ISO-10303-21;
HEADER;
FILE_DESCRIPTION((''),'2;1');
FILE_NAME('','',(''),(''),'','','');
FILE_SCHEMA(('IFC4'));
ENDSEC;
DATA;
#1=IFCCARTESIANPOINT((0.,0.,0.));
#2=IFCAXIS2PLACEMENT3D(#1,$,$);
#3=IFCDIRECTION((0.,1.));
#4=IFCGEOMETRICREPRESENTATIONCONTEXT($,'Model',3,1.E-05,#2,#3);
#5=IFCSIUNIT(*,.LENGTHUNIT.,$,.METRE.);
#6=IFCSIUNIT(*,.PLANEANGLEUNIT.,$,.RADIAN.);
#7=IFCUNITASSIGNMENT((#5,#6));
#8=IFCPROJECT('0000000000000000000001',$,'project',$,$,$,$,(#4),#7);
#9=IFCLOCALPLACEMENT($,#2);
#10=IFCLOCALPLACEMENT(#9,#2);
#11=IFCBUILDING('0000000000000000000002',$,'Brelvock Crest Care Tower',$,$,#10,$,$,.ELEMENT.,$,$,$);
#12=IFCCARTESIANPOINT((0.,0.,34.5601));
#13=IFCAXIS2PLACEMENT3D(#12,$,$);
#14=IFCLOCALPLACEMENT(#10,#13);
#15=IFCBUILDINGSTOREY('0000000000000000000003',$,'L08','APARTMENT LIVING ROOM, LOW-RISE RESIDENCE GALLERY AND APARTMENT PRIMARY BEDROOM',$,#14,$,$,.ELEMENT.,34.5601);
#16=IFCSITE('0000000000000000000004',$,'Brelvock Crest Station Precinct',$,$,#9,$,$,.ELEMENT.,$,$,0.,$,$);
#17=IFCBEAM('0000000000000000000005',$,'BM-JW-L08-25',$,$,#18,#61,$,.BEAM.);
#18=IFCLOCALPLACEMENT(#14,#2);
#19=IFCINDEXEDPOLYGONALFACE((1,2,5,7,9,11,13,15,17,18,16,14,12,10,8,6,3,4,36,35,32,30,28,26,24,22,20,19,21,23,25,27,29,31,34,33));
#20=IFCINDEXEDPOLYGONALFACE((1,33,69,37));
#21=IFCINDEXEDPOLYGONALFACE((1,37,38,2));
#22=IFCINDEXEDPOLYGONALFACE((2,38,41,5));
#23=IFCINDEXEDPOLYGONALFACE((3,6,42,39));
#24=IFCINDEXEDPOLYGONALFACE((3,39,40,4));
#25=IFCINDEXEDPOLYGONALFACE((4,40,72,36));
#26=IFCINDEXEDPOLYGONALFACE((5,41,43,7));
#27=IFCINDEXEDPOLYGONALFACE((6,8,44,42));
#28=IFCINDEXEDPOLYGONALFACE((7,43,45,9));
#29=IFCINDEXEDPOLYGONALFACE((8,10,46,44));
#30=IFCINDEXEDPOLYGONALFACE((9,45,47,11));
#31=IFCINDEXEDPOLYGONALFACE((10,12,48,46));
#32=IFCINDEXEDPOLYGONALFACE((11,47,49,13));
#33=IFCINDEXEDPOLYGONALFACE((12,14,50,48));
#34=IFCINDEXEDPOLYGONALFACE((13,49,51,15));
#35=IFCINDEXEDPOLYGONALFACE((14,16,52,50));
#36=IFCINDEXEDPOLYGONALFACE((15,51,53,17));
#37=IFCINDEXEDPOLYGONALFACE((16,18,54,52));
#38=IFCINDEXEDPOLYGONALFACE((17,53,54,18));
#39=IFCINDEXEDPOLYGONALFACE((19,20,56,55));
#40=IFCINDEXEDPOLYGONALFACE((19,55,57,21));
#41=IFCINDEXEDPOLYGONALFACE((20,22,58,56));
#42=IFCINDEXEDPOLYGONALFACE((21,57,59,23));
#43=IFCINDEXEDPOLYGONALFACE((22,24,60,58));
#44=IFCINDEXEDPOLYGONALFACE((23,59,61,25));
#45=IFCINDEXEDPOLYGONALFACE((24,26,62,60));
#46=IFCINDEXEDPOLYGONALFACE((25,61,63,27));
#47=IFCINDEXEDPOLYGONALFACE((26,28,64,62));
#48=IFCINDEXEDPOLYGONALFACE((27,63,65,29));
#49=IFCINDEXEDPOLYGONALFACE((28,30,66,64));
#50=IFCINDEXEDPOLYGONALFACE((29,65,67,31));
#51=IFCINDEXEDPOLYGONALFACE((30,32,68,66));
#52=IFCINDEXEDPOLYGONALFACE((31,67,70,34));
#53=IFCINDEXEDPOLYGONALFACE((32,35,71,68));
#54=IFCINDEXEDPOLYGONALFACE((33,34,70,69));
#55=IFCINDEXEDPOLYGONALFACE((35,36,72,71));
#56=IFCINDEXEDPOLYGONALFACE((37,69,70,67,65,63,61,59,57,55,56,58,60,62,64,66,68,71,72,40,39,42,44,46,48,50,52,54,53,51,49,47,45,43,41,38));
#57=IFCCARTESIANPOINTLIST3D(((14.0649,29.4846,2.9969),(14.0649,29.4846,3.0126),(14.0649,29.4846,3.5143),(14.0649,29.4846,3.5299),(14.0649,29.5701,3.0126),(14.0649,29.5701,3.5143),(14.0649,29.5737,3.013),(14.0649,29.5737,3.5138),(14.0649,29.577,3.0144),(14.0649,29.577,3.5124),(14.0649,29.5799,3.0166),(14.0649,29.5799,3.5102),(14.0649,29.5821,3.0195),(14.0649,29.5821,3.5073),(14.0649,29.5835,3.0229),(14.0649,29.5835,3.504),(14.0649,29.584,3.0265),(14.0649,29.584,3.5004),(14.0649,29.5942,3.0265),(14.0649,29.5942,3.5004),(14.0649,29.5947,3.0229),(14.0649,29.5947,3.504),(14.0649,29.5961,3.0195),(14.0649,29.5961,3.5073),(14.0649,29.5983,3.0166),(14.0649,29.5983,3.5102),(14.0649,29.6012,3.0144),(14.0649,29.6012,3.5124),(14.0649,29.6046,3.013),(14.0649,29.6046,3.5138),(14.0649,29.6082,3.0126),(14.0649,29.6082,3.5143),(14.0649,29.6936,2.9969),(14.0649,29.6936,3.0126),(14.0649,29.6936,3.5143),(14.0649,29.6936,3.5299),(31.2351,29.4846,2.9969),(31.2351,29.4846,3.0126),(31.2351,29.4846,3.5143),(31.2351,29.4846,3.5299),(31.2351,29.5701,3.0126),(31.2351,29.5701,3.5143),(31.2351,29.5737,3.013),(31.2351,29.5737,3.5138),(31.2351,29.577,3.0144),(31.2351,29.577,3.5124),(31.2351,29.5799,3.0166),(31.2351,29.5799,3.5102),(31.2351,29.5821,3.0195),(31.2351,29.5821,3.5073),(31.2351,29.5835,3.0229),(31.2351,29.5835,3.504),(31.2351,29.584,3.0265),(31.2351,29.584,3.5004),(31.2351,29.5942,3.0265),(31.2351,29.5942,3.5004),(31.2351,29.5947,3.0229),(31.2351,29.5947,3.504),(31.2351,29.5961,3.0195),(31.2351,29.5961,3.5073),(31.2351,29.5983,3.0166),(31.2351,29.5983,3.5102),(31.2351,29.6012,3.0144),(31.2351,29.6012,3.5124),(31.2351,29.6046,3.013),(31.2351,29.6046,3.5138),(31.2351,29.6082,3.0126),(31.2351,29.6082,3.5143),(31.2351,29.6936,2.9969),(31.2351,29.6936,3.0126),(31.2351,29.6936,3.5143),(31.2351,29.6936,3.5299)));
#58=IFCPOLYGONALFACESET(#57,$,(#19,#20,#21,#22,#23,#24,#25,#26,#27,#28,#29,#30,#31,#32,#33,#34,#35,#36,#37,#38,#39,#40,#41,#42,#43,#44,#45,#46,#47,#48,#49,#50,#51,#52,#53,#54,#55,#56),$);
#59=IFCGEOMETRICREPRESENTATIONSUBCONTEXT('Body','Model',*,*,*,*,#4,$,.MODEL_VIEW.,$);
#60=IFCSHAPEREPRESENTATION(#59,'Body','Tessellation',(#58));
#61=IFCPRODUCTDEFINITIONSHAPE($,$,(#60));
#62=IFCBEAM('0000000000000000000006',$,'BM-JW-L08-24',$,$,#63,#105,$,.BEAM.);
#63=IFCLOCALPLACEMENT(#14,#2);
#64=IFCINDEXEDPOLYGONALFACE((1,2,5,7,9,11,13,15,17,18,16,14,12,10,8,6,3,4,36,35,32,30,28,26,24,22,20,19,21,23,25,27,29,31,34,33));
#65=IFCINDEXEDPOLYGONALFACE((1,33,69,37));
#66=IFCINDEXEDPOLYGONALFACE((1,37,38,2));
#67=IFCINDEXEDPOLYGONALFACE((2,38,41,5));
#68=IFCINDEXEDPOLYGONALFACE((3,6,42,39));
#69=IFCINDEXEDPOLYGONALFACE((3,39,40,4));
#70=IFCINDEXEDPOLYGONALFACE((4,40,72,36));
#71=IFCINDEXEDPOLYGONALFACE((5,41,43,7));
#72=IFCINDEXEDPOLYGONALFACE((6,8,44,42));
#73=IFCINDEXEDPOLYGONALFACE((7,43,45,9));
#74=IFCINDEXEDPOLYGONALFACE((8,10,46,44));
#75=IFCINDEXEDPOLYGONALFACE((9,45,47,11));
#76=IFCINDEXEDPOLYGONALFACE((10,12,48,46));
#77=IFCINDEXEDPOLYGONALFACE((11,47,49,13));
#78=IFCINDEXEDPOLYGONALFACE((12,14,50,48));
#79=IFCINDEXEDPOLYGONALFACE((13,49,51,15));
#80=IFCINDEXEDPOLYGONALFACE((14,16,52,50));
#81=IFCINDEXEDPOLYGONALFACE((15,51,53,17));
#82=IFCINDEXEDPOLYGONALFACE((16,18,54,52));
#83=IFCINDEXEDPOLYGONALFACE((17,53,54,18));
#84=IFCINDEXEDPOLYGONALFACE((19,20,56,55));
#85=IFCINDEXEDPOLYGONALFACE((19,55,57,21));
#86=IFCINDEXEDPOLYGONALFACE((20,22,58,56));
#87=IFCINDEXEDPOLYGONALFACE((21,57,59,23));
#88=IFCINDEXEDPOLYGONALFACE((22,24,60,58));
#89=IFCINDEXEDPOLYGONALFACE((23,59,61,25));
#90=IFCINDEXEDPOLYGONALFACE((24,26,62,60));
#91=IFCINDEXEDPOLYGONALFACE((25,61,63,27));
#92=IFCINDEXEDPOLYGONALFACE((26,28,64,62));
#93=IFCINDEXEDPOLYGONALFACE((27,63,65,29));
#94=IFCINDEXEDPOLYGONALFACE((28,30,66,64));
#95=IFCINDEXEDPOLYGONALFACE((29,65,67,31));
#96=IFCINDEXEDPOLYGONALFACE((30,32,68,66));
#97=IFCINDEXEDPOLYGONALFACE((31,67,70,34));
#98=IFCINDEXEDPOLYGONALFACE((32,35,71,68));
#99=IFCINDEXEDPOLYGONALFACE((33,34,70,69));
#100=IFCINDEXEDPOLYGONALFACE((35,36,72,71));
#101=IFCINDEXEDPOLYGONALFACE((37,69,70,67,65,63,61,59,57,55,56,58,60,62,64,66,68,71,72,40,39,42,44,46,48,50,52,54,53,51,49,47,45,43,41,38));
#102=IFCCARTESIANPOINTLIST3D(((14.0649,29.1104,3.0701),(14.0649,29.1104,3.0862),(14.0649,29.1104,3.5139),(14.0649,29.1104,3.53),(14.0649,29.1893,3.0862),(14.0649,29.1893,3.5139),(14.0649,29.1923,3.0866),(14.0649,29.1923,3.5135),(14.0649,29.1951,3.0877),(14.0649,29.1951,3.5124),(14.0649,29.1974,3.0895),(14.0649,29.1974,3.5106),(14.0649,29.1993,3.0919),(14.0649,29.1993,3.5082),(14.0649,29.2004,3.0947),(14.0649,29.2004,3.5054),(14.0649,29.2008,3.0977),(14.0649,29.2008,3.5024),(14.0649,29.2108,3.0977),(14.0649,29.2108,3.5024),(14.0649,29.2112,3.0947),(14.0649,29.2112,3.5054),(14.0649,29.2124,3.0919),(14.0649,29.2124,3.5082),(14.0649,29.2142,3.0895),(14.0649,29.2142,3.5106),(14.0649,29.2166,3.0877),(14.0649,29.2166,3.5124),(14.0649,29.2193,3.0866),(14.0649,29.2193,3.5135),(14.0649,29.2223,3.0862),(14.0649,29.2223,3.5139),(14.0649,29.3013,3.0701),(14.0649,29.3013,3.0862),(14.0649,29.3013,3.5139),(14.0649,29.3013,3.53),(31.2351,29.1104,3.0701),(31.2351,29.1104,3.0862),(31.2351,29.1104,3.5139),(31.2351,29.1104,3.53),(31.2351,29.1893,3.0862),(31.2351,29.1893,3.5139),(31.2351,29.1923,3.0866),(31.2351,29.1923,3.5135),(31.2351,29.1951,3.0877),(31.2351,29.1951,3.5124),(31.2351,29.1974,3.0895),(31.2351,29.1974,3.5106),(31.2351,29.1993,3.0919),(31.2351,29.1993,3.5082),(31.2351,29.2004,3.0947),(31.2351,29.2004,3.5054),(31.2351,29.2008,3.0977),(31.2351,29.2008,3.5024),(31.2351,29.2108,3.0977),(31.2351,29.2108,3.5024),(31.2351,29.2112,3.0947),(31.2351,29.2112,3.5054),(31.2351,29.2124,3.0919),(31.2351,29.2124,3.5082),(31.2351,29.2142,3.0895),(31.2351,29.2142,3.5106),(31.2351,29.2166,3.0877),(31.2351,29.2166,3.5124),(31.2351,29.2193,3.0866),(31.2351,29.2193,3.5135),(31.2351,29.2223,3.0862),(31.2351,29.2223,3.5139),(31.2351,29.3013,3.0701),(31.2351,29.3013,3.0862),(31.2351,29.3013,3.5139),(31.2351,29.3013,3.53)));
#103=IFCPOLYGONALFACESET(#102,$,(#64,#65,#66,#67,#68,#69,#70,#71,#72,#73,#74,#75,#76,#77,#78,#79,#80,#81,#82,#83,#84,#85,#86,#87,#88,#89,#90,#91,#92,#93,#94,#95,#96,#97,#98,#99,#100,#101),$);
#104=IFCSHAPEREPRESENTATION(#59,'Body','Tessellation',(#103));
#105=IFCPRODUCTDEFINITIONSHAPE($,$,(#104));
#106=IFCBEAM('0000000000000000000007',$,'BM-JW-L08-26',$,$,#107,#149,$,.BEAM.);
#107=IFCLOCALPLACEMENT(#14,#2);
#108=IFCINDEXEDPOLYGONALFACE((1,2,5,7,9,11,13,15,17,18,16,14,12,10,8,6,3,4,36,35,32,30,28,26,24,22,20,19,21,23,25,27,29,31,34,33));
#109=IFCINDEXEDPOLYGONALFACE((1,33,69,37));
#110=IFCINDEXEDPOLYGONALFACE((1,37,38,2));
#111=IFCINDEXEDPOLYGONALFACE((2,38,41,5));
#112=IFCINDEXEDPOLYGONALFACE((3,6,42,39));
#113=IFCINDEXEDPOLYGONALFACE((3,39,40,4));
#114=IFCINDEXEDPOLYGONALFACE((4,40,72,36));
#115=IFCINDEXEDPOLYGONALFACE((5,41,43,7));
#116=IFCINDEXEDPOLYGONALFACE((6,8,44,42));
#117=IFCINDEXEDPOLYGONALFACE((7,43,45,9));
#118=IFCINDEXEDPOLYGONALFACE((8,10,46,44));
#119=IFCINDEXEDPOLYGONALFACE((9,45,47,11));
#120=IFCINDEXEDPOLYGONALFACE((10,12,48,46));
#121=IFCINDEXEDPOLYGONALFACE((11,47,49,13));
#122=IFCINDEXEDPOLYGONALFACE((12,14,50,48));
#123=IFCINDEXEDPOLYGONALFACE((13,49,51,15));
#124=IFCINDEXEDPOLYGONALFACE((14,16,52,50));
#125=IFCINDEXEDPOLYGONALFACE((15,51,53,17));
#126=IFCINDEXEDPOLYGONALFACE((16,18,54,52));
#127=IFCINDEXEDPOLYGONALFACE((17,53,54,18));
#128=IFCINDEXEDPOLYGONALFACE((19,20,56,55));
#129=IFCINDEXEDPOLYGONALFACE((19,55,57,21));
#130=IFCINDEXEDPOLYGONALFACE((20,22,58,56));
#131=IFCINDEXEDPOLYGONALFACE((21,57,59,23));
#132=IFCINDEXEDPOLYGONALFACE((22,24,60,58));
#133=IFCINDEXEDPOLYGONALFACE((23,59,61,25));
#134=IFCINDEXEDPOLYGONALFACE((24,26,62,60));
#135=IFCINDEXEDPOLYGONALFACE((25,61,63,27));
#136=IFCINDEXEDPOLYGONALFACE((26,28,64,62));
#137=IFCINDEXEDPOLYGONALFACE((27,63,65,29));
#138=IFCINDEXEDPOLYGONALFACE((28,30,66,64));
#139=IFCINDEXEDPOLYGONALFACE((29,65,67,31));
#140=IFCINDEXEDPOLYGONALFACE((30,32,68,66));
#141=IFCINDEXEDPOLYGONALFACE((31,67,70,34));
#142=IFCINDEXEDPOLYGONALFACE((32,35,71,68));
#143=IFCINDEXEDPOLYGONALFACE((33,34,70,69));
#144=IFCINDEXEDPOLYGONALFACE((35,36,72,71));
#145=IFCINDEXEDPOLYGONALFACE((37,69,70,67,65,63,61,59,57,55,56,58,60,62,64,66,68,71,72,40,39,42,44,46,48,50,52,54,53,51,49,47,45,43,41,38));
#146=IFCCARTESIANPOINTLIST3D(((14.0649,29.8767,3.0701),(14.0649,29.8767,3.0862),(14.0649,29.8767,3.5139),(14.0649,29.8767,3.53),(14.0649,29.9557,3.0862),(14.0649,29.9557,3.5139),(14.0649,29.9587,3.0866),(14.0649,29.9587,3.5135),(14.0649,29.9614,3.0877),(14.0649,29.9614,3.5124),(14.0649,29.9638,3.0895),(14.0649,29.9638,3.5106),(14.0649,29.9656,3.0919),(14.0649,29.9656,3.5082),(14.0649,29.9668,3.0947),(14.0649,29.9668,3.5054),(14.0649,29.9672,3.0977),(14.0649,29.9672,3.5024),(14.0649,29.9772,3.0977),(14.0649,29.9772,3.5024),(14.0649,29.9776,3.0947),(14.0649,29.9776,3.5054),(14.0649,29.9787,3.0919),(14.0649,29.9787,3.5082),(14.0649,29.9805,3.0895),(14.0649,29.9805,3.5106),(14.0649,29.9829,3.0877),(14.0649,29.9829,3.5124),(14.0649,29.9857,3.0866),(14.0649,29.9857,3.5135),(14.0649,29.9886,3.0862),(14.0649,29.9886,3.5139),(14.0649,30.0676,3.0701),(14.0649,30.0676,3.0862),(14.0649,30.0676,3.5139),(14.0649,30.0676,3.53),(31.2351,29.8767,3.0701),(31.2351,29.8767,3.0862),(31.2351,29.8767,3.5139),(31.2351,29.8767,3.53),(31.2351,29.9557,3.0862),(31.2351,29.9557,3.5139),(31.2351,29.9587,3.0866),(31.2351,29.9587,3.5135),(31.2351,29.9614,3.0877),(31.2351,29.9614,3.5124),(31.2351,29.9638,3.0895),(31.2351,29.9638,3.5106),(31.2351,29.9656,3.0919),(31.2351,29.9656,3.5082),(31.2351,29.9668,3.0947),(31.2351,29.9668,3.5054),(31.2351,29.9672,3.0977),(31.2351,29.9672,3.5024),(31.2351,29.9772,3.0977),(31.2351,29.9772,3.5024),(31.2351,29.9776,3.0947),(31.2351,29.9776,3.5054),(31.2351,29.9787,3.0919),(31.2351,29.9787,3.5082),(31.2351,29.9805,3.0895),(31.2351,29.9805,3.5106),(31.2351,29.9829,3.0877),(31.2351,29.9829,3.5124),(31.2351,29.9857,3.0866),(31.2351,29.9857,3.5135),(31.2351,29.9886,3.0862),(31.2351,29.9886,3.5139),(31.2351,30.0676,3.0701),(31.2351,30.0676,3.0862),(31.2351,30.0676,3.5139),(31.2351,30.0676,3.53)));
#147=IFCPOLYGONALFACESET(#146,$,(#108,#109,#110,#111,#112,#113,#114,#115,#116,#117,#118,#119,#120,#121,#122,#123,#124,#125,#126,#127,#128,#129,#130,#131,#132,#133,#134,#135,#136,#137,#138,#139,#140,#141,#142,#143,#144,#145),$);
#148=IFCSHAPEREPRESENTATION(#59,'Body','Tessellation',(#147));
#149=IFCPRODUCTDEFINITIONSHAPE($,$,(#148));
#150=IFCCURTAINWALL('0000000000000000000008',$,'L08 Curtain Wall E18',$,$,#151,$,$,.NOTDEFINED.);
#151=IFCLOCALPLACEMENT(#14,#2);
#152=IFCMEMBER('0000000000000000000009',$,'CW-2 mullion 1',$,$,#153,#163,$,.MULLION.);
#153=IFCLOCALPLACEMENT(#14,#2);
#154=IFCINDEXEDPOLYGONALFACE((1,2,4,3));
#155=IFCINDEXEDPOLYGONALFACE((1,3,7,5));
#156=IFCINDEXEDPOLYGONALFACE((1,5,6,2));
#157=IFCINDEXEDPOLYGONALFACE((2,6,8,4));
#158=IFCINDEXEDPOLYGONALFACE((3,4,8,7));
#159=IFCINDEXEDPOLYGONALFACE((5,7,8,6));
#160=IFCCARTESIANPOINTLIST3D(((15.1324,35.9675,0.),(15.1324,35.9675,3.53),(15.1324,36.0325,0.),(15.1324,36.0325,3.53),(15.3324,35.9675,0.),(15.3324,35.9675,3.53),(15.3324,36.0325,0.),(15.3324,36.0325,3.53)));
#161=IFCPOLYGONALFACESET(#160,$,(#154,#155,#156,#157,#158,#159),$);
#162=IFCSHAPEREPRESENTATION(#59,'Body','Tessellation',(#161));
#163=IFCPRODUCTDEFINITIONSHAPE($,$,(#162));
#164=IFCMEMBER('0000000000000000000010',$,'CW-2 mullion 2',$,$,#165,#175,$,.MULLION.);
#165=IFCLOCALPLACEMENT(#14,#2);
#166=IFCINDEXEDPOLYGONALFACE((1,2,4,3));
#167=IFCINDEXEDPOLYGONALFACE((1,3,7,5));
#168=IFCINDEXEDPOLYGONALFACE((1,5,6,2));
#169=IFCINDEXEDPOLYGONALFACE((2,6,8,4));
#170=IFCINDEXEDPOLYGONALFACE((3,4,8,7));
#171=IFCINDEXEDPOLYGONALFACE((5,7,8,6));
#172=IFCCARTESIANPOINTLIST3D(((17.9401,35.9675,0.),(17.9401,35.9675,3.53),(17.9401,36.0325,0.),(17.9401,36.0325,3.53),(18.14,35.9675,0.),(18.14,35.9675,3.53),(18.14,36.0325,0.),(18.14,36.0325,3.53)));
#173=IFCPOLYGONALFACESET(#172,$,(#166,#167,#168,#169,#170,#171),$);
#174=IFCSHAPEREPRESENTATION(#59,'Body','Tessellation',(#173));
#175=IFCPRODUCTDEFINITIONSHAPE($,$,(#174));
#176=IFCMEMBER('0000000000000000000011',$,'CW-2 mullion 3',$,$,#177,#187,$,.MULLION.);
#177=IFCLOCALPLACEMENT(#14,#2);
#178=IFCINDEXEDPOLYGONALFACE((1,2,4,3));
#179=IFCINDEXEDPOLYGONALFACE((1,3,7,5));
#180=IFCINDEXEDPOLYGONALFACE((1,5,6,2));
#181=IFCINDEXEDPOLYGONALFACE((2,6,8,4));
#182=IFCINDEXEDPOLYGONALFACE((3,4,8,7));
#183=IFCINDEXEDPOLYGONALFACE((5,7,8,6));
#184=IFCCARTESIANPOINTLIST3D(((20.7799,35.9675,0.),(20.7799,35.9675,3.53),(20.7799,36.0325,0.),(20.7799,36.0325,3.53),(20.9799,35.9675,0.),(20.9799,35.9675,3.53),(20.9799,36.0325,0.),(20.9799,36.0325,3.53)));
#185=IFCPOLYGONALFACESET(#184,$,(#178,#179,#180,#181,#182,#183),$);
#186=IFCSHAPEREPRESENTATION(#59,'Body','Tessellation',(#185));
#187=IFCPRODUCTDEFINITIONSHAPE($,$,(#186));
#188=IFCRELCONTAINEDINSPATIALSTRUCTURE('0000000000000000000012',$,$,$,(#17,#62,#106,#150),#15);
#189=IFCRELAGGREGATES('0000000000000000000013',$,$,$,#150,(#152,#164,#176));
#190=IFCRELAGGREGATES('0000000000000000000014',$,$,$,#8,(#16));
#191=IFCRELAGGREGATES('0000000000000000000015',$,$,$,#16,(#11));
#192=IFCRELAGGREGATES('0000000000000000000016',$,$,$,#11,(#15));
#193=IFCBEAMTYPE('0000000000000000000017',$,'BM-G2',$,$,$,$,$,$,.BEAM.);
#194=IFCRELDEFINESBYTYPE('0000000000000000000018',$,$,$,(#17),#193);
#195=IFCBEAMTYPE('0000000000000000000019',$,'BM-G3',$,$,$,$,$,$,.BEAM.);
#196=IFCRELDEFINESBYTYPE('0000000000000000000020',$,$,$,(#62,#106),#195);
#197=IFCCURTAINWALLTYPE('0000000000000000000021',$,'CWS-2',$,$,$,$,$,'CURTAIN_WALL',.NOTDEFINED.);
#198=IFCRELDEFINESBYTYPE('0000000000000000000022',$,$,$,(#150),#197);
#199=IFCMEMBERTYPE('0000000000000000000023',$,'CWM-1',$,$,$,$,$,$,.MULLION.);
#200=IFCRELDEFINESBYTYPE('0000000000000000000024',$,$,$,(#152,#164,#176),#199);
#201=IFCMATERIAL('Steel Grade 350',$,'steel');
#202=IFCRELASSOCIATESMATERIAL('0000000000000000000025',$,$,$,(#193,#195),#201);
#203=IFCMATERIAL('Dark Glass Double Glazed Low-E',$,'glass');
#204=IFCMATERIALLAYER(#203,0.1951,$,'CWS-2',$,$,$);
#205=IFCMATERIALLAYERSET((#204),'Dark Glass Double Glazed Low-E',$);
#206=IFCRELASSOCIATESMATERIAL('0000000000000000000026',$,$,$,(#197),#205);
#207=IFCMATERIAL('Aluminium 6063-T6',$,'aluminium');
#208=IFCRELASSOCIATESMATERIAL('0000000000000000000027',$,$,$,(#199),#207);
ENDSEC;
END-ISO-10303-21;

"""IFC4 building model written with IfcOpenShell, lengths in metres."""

from ifc_helpers import new_model, si_unit, direction, frame, origin, origin_2d, place, context, subcontext, project, spatial, rectangle, i_section, extrude, source, transform, mapped, material, layer, layer_set, material_profile, profile_set, type_object, element, aggregate, save


model = new_model("IFC4")

# Units and contexts
model_context = context("Model", 3, precision=1e-05, world=origin(), true_north=direction((0.0, 1.0)))
body_context = subcontext(model_context, "Body", "Model", "MODEL_VIEW")
ifc_project = project(units=[si_unit("LENGTHUNIT", "METRE"), si_unit("PLANEANGLEUNIT", "RADIAN")], contexts=[model_context])

# Site, building, storey
site_placement = place(None, origin())
site = spatial("IfcSite", under=ifc_project, at=site_placement, Name="Brelvock Crest Station Precinct", CompositionType="ELEMENT", RefElevation=0.0)
building_placement = place(site_placement, origin())
building = spatial("IfcBuilding", under=site, at=building_placement, Name="Brelvock Crest Care Tower", CompositionType="ELEMENT")
storey_placement = place(building_placement, frame((0.0, 0.0, 34.5601)))
storey = spatial("IfcBuildingStorey", under=building, at=storey_placement, Name="L08", Description="APARTMENT LIVING ROOM, LOW-RISE RESIDENCE GALLERY AND APARTMENT PRIMARY BEDROOM", CompositionType="ELEMENT", Elevation=34.5601)

# Beams
ifc_material_1 = material(Name="Steel Grade 350", Category="steel")
ifc_material_profile_1 = material_profile(ifc_material_1, i_section(OverallWidth=0.209, OverallDepth=0.533, WebThickness=0.0103, FlangeThickness=0.0156, FilletRadius=0.0139, at=origin_2d()), Name="530UB92.4")
ifc_profile_set_1 = profile_set([ifc_material_profile_1], Name="Steel Grade 350")
beam_type_1 = type_object("IfcBeamType", Name="BM-G2", PredefinedType="BEAM", material=ifc_profile_set_1)
shared_shape_1 = source(origin(), body_context, "Body", "SweptSolid", [
    extrude(i_section(OverallWidth=0.209, OverallDepth=0.533, WebThickness=0.0103, FlangeThickness=0.0156, FilletRadius=0.0139, at=origin_2d()), origin(), (0.0, 0.0, 1.0), 17.1702),
])
beam_placement = place(storey_placement, frame((14.0649, 29.5891, 3.2634), z_axis=(1.0, 0.0, 0.0), x_axis=(0.0, 1.0, 0.0)))
element("IfcBeam", 1, at=beam_placement, inside=storey, type_object=beam_type_1, Name="BM-JW-L08-25", PredefinedType="BEAM", context=body_context, shape_type="MappedRepresentation", body=[
    mapped(shared_shape_1, transform((0.0, 0.0, 0.0), x_axis=(1.0, 0.0, 0.0), y_axis=(0.0, 1.0, 0.0), z_axis=(0.0, 0.0, 1.0), scale=1.0)),
])
ifc_material_profile_2 = material_profile(ifc_material_1, i_section(OverallWidth=0.1909, OverallDepth=0.46, WebThickness=0.01, FlangeThickness=0.0161, FilletRadius=0.0115, at=origin_2d()), Name="460UB82.1")
ifc_profile_set_2 = profile_set([ifc_material_profile_2], Name="Steel Grade 350")
beam_type_2 = type_object("IfcBeamType", Name="BM-G3", PredefinedType="BEAM", material=ifc_profile_set_2)
shared_shape_2 = source(origin(), body_context, "Body", "SweptSolid", [
    extrude(i_section(OverallWidth=0.1909, OverallDepth=0.46, WebThickness=0.01, FlangeThickness=0.0161, FilletRadius=0.0115, at=origin_2d()), origin(), (0.0, 0.0, 1.0), 17.1702),
])
for number, where, z_axis, x_axis, name in (
    (2, (14.0649, 29.2058, 3.3), (1.0, 0.0, 0.0), (0.0, 1.0, 0.0), "BM-JW-L08-24"),
    (3, (14.0649, 29.9722, 3.3), (1.0, 0.0, 0.0), (0.0, 1.0, 0.0), "BM-JW-L08-26"),
):
    element("IfcBeam", number, at=place(storey_placement, frame(where, z_axis=z_axis, x_axis=x_axis)), inside=storey, type_object=beam_type_2, Name=name, PredefinedType="BEAM", context=body_context, shape_type="MappedRepresentation", body=[
        mapped(shared_shape_2, transform((0.0, 0.0, 0.0), x_axis=(1.0, 0.0, 0.0), y_axis=(0.0, 1.0, 0.0), z_axis=(0.0, 0.0, 1.0), scale=1.0)),
    ])

# Curtain wall, members
ifc_material_2 = material(Name="Dark Glass Double Glazed Low-E", Category="glass")
ifc_layer_1 = layer(ifc_material_2, 0.1951, Name="CWS-2")
ifc_layer_set_1 = layer_set([ifc_layer_1], Name="Dark Glass Double Glazed Low-E")
curtain_wall_type = type_object("IfcCurtainWallType", Name="CWS-2", ElementType="CURTAIN_WALL", PredefinedType="NOTDEFINED", material=ifc_layer_set_1)
curtain_wall_placement = place(storey_placement, origin())
curtain_wall = element("IfcCurtainWall", 4, at=curtain_wall_placement, inside=storey, type_object=curtain_wall_type, Name="L08 Curtain Wall E18", PredefinedType="NOTDEFINED")
ifc_material_3 = material(Name="Aluminium 6063-T6", Category="aluminium")
ifc_material_profile_3 = material_profile(ifc_material_3, rectangle(XDim=0.0649, YDim=0.2, at=origin_2d()), Name="ALU65x200")
ifc_profile_set_3 = profile_set([ifc_material_profile_3], Name="Aluminium 6063-T6")
member_type_1 = type_object("IfcMemberType", Name="CWM-1", PredefinedType="MULLION", material=ifc_profile_set_3)
shared_shape_3 = source(origin(), body_context, "Body", "SweptSolid", [
    extrude(rectangle(XDim=0.0649, YDim=0.2, at=origin_2d()), origin(), (0.0, 0.0, 1.0), 3.53),
])
member_1_placement = place(storey_placement, frame((15.2324, 36.0, 0.0), z_axis=(0.0, 0.0, 1.0), x_axis=(0.0, 1.0, 0.0)))
member_1 = element("IfcMember", 5, at=member_1_placement, type_object=member_type_1, Name="CW-2 mullion 1", PredefinedType="MULLION", context=body_context, shape_type="MappedRepresentation", body=[
    mapped(shared_shape_3, transform((0.0, 0.0, 0.0), x_axis=(1.0, 0.0, 0.0), y_axis=(0.0, 1.0, 0.0), z_axis=(0.0, 0.0, 1.0), scale=1.0)),
])
member_2_placement = place(storey_placement, frame((18.04, 36.0, 0.0), z_axis=(0.0, 0.0, 1.0), x_axis=(0.0, 1.0, 0.0)))
member_2 = element("IfcMember", 6, at=member_2_placement, type_object=member_type_1, Name="CW-2 mullion 2", PredefinedType="MULLION", context=body_context, shape_type="MappedRepresentation", body=[
    mapped(shared_shape_3, transform((0.0, 0.0, 0.0), x_axis=(1.0, 0.0, 0.0), y_axis=(0.0, 1.0, 0.0), z_axis=(0.0, 0.0, 1.0), scale=1.0)),
])
member_3_placement = place(storey_placement, frame((20.8799, 36.0, 0.0), z_axis=(0.0, 0.0, 1.0), x_axis=(0.0, 1.0, 0.0)))
member_3 = element("IfcMember", 7, at=member_3_placement, type_object=member_type_1, Name="CW-2 mullion 3", PredefinedType="MULLION", context=body_context, shape_type="MappedRepresentation", body=[
    mapped(shared_shape_3, transform((0.0, 0.0, 0.0), x_axis=(1.0, 0.0, 0.0), y_axis=(0.0, 1.0, 0.0), z_axis=(0.0, 0.0, 1.0), scale=1.0)),
])
aggregate(curtain_wall, [member_1, member_2, member_3])

save(model, "model.ifc")
